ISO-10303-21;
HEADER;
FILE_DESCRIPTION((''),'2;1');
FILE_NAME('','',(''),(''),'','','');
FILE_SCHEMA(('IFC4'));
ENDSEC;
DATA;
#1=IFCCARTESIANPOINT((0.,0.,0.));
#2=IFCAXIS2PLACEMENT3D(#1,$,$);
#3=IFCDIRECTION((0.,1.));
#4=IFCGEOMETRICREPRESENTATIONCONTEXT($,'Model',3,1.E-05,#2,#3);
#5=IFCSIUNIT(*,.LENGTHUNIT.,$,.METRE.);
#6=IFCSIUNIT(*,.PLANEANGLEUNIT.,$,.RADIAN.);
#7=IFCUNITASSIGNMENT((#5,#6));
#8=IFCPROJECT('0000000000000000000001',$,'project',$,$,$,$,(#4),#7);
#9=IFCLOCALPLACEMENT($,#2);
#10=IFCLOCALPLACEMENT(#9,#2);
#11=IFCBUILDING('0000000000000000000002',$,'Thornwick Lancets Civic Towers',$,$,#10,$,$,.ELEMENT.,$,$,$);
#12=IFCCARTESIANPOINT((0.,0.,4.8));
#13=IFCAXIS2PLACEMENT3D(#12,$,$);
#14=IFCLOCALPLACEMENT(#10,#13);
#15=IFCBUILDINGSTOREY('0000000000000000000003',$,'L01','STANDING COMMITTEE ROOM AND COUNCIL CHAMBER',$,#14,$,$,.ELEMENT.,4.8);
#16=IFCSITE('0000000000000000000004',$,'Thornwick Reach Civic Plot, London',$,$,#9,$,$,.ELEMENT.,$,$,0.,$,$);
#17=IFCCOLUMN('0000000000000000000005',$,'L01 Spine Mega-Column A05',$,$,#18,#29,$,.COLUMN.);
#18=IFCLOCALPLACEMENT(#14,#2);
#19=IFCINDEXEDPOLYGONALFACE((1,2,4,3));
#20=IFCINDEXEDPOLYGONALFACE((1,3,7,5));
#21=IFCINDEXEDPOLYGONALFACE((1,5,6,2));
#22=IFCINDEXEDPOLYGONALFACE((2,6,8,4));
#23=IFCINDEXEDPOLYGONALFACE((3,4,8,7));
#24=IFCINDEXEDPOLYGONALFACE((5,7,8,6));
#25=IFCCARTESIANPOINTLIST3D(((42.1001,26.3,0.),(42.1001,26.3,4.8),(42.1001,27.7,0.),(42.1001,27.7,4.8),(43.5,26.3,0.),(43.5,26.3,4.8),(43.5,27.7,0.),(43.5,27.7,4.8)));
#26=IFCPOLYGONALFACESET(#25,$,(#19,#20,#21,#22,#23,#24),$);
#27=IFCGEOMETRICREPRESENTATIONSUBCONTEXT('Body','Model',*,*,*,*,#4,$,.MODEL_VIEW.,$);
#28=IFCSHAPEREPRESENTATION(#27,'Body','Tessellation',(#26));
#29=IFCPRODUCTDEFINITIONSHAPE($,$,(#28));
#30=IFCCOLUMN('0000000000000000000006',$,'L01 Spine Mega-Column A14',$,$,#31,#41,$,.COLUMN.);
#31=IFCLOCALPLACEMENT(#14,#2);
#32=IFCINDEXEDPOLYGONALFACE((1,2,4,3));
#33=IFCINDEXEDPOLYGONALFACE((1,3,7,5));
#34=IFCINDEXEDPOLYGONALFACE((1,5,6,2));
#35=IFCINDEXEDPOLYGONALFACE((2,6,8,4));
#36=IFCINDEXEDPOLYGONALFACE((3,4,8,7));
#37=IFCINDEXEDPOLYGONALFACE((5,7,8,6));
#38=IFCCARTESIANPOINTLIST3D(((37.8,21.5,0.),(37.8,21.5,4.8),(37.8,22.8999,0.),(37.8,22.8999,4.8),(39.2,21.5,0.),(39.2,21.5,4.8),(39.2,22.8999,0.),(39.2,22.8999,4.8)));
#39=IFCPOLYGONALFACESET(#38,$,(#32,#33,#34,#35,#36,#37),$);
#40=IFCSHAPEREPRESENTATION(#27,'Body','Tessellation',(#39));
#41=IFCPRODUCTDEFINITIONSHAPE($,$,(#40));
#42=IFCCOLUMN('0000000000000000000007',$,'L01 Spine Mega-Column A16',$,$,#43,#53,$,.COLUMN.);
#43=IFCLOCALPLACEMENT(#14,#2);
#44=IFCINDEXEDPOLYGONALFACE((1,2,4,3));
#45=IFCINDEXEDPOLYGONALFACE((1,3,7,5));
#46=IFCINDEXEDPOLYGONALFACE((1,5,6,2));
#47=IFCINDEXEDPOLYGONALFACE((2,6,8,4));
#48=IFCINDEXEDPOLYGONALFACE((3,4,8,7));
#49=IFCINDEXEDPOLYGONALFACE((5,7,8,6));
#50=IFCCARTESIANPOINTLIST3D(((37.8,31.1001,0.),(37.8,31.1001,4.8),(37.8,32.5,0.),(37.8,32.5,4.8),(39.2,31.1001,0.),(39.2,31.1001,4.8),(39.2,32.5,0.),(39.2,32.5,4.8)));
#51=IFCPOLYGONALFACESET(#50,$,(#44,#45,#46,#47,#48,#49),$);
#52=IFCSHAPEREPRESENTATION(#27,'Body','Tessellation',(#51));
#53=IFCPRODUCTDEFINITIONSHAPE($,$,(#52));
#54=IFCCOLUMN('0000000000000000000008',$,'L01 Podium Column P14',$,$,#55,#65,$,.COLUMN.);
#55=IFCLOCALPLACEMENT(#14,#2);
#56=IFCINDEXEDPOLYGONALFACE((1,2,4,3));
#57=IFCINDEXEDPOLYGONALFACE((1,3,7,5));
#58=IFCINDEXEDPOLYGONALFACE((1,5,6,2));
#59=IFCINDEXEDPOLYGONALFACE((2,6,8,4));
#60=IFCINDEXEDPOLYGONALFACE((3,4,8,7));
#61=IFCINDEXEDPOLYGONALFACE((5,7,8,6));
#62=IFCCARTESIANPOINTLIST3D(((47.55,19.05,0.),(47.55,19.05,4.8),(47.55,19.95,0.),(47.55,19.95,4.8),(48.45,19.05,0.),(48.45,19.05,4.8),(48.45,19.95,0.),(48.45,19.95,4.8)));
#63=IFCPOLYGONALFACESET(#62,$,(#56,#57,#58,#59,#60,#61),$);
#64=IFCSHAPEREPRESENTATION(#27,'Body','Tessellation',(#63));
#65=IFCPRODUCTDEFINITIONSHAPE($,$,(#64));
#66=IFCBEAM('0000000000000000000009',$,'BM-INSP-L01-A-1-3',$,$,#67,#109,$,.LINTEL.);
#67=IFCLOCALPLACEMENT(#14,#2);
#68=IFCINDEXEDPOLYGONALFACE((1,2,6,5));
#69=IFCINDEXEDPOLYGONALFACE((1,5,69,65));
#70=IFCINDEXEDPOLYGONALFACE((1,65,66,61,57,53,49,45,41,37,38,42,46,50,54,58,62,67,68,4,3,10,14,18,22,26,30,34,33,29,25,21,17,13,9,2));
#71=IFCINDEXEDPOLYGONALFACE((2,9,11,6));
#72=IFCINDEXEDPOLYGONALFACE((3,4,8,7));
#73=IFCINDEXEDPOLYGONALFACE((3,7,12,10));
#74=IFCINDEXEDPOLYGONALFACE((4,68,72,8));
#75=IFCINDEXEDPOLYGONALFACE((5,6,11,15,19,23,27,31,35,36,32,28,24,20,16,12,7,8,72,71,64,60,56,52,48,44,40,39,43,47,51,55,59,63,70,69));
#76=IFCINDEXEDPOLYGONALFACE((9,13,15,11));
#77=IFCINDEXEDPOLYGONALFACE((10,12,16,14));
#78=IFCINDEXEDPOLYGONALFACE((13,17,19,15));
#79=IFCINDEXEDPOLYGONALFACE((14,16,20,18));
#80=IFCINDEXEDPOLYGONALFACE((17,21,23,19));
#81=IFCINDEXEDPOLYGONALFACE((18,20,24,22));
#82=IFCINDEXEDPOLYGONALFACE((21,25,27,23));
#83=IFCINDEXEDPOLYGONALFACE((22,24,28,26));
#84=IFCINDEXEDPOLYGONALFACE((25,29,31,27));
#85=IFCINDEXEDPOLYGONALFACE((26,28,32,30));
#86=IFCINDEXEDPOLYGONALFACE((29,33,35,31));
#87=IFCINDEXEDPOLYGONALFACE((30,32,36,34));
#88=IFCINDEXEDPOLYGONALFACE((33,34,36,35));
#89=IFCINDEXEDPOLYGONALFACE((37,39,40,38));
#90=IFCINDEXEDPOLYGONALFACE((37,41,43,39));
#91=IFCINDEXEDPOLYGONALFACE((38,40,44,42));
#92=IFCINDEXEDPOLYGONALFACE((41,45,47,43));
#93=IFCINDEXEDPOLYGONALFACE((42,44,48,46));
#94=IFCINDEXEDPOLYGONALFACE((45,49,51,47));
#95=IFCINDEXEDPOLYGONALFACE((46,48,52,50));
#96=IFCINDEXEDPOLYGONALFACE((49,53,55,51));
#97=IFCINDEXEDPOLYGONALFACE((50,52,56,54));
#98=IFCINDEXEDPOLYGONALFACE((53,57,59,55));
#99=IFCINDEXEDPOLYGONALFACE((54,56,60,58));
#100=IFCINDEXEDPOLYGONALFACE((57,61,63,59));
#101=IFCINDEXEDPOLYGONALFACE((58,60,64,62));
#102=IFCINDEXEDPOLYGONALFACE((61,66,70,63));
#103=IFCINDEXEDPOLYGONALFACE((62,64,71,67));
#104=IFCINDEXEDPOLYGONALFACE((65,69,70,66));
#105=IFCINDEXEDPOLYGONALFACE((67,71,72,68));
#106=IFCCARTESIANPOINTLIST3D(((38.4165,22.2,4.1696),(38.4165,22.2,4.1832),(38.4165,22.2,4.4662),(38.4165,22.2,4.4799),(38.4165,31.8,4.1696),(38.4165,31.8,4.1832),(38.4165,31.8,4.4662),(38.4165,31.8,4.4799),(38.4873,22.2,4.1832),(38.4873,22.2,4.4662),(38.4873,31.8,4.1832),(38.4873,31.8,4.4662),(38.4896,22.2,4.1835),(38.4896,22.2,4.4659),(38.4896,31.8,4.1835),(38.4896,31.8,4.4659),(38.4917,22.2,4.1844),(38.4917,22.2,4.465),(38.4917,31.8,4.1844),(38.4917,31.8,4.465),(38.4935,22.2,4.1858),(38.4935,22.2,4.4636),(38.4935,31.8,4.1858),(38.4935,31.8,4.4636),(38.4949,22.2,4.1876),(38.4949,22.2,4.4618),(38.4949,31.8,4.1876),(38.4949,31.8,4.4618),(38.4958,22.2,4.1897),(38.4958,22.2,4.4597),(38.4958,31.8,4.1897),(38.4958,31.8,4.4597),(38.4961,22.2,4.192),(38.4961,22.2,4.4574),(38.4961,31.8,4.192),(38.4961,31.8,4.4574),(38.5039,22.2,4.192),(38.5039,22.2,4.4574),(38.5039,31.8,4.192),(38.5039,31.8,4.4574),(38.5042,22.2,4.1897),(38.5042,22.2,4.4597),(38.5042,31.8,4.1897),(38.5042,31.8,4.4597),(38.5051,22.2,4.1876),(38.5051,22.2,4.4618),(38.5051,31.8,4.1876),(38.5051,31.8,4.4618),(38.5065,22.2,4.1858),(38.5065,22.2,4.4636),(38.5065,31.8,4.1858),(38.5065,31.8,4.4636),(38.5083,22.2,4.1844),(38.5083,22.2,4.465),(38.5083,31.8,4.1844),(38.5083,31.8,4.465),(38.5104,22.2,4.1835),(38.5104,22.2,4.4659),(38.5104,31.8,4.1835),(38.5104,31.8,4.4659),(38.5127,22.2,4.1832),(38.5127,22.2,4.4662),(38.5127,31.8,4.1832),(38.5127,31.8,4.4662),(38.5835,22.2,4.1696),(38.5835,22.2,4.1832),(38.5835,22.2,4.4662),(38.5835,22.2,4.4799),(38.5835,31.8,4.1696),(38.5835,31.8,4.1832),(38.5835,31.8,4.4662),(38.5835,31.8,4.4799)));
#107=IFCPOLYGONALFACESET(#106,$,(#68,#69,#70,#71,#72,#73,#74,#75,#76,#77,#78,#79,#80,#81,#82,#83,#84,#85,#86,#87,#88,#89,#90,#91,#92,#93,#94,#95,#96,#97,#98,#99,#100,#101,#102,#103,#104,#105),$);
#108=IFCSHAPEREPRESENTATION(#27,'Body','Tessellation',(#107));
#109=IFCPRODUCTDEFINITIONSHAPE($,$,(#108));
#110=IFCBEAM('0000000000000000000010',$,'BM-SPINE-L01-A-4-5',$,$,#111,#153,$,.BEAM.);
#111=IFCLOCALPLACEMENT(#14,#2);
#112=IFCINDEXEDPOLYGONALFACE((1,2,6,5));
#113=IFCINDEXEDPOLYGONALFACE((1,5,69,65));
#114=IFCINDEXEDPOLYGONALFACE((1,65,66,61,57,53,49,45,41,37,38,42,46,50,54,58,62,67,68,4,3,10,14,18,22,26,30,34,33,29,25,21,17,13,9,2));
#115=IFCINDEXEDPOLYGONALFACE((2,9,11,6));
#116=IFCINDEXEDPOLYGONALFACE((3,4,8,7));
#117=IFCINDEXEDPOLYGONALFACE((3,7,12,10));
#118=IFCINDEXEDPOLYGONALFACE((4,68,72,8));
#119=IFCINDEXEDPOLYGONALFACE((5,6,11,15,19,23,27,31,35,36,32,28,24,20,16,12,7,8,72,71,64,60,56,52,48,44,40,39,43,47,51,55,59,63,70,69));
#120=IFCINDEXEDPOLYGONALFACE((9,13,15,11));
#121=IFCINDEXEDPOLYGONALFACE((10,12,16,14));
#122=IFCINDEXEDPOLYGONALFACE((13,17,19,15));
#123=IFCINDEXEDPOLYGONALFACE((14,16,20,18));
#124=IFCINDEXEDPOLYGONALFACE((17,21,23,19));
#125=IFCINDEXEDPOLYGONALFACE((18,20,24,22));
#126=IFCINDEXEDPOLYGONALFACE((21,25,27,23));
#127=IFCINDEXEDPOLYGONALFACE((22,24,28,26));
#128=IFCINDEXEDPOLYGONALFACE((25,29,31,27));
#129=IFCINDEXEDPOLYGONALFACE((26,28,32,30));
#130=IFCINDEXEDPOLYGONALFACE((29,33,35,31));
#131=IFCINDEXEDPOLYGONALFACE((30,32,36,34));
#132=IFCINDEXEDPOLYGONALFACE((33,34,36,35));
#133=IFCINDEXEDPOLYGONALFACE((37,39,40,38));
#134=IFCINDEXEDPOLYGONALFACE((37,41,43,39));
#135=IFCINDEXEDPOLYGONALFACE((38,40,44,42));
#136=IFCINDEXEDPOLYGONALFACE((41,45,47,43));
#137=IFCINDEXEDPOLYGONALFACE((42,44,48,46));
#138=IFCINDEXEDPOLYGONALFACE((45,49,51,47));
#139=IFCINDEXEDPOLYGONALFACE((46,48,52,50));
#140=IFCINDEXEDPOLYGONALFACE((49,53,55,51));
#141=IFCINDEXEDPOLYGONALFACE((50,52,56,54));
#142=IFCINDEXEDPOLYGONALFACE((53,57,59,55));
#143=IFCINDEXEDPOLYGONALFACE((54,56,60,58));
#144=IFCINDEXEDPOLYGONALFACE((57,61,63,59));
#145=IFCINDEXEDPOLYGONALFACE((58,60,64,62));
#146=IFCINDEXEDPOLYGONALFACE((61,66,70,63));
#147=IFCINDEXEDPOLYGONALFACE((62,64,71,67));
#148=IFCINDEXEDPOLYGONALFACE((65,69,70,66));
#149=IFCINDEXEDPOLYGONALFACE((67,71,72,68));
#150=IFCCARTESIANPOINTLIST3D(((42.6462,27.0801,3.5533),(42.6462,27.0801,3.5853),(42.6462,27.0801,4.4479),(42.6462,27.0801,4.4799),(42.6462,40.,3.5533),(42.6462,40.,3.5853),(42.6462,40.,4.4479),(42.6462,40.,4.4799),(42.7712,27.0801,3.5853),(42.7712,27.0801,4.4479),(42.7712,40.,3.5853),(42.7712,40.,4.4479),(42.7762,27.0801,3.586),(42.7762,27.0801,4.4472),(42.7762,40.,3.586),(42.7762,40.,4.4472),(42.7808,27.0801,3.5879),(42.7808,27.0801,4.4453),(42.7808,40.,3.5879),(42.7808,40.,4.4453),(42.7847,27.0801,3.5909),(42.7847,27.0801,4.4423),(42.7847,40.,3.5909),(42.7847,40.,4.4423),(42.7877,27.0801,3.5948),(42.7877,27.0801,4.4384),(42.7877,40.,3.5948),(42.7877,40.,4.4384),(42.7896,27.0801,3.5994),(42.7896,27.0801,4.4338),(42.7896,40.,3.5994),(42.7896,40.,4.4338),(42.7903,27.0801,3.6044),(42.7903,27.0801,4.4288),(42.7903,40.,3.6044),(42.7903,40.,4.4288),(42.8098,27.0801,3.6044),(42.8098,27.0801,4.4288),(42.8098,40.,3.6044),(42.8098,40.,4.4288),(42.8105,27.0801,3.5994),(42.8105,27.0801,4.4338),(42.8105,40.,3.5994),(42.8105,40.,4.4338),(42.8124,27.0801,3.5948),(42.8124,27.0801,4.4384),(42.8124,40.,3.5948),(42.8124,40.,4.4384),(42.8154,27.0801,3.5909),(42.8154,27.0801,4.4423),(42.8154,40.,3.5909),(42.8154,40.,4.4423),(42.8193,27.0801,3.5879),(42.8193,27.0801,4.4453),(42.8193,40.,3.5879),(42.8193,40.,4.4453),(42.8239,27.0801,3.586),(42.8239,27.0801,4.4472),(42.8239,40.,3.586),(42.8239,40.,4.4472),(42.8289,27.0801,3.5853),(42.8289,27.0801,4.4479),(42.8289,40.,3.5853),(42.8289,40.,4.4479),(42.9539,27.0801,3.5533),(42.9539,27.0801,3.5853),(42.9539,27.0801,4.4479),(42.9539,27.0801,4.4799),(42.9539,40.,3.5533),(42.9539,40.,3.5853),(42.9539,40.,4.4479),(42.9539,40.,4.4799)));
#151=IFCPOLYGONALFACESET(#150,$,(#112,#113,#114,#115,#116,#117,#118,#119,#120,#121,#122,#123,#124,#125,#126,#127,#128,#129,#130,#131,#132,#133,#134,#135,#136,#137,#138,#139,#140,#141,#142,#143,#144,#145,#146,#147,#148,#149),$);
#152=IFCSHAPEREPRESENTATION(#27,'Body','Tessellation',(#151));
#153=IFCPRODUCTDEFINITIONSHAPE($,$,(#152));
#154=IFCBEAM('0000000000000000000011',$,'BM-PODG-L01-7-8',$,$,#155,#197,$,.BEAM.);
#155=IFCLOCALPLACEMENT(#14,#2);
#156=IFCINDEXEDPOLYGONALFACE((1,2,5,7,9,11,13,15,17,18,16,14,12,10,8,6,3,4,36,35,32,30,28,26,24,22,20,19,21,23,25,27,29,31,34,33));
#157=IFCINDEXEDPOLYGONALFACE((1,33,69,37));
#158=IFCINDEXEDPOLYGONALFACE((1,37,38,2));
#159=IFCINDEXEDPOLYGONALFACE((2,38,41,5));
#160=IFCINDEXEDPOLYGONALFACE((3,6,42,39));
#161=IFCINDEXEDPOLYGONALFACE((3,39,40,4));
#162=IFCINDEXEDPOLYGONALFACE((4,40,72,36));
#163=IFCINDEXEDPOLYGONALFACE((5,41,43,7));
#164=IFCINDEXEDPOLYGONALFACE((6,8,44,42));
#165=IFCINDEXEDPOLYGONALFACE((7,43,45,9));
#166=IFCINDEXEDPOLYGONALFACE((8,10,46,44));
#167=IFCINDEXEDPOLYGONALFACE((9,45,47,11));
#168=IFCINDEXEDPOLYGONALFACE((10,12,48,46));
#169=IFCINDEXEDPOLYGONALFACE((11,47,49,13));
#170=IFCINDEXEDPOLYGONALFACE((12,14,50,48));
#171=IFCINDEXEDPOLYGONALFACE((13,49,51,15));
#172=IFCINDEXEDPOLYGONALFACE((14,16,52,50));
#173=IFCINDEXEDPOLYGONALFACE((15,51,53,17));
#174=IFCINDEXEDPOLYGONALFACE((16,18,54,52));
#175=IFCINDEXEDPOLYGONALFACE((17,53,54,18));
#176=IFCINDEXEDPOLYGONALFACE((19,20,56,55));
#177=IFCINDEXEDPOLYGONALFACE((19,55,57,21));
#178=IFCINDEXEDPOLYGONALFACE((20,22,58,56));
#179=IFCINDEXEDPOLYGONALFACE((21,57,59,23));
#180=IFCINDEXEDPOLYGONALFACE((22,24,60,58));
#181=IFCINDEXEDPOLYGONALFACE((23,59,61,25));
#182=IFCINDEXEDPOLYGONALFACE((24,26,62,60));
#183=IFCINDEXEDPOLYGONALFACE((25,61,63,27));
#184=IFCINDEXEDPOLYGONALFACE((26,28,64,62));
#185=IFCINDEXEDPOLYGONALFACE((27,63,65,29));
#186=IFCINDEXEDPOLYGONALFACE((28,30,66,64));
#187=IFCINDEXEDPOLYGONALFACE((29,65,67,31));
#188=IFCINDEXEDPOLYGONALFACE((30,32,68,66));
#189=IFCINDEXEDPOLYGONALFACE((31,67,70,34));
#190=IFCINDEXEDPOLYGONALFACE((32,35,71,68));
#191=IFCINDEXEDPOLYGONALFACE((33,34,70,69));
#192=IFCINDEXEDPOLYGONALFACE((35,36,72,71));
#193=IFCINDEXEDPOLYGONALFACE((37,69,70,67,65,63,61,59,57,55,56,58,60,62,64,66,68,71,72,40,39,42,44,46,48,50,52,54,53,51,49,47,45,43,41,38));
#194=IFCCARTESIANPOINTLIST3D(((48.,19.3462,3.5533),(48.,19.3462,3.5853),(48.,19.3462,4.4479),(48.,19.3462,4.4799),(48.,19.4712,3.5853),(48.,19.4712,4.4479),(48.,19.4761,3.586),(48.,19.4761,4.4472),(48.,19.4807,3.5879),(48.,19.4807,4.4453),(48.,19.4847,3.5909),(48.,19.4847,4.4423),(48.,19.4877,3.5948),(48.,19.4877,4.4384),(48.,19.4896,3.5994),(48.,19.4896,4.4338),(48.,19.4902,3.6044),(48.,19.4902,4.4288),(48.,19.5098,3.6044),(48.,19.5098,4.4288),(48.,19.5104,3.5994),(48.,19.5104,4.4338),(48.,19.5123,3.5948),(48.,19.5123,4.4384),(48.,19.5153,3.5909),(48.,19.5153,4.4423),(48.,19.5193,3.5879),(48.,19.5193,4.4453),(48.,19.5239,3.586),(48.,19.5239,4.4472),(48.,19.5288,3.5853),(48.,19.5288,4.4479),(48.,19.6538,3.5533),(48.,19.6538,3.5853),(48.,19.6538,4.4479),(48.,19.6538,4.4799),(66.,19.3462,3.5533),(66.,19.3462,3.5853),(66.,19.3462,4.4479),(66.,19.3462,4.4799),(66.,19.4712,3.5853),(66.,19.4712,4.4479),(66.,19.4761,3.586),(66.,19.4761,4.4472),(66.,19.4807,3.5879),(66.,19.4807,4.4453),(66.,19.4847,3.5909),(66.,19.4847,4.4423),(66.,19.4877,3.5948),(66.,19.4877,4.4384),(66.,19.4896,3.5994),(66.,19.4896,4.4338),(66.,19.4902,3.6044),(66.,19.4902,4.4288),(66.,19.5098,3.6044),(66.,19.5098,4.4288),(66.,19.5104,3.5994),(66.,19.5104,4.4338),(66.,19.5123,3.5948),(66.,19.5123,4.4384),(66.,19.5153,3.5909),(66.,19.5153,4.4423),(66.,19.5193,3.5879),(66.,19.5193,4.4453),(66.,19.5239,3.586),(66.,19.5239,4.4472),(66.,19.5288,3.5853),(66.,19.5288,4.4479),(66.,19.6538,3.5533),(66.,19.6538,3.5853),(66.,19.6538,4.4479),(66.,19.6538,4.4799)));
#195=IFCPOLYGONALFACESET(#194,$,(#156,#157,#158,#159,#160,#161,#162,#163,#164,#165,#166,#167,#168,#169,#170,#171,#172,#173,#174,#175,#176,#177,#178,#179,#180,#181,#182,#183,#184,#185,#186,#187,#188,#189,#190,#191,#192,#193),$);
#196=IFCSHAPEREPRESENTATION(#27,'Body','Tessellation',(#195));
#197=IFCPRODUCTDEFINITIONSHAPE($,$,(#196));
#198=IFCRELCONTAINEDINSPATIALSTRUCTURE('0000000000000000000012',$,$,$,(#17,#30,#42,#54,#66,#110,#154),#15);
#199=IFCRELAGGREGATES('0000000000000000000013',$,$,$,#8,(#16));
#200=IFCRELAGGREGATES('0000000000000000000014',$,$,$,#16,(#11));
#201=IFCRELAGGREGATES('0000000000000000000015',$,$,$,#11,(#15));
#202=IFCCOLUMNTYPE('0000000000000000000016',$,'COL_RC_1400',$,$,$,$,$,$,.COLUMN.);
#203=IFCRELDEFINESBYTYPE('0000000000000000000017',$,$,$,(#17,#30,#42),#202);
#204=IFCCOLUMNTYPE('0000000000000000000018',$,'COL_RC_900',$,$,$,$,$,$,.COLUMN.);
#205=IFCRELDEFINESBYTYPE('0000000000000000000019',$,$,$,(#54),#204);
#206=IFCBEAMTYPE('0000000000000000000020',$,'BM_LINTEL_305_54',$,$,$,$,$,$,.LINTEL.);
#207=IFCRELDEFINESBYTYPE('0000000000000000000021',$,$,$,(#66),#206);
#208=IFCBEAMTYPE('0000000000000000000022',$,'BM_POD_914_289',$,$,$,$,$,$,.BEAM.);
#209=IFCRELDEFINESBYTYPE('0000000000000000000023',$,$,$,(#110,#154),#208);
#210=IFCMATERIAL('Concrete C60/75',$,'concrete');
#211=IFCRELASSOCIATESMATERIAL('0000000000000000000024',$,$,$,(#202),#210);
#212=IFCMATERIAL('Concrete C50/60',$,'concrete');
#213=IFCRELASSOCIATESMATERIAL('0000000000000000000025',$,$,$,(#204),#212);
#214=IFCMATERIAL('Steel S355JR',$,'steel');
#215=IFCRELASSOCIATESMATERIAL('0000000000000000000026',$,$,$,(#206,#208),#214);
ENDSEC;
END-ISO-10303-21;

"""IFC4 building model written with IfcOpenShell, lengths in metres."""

from ifc_helpers import new_model, si_unit, direction, frame, origin, origin_2d, place, context, subcontext, project, spatial, rectangle, i_section, extrude, material, material_profile, profile_set, type_object, element, save


model = new_model("IFC4")

# Units and contexts
model_context = context("Model", 3, precision=1e-05, world=origin(), true_north=direction((0.0, 1.0)))
body_context = subcontext(model_context, "Body", "Model", "MODEL_VIEW")
ifc_project = project(units=[si_unit("LENGTHUNIT", "METRE"), si_unit("PLANEANGLEUNIT", "RADIAN")], contexts=[model_context])

# Site, building, storey
site_placement = place(None, origin())
site = spatial("IfcSite", under=ifc_project, at=site_placement, Name="Thornwick Reach Civic Plot, London", CompositionType="ELEMENT", RefElevation=0.0)
building_placement = place(site_placement, origin())
building = spatial("IfcBuilding", under=site, at=building_placement, Name="Thornwick Lancets Civic Towers", CompositionType="ELEMENT")
storey_placement = place(building_placement, frame((0.0, 0.0, 4.8)))
storey = spatial("IfcBuildingStorey", under=building, at=storey_placement, Name="L01", Description="STANDING COMMITTEE ROOM AND COUNCIL CHAMBER", CompositionType="ELEMENT", Elevation=4.8)

# Columns
ifc_material_1 = material(Name="Concrete C60/75", Category="concrete")
ifc_material_profile_1 = material_profile(ifc_material_1, rectangle(XDim=1.3999, YDim=1.3999, at=origin_2d()), Name="RC 1400x1400")
ifc_profile_set_1 = profile_set([ifc_material_profile_1], Name="Concrete C60/75")
column_type_1 = type_object("IfcColumnType", Name="COL_RC_1400", PredefinedType="COLUMN", material=ifc_profile_set_1)
for number, where, z_axis, x_axis, name in (
    (1, (42.8, 27.0, 0.0), (0.0, 0.0, 1.0), (1.0, 0.0, 0.0), "L01 Spine Mega-Column A05"),
    (2, (38.5, 22.2, 0.0), (0.0, 0.0, 1.0), (1.0, 0.0, 0.0), "L01 Spine Mega-Column A14"),
    (3, (38.5, 31.8, 0.0), (0.0, 0.0, 1.0), (1.0, 0.0, 0.0), "L01 Spine Mega-Column A16"),
):
    element("IfcColumn", number, at=place(storey_placement, frame(where, z_axis=z_axis, x_axis=x_axis)), inside=storey, type_object=column_type_1, Name=name, PredefinedType="COLUMN", context=body_context, shape_type="SweptSolid", body=[
        extrude(rectangle(XDim=1.3999, YDim=1.3999, at=origin_2d()), origin(), (0.0, 0.0, 1.0), 4.8),
    ])
ifc_material_2 = material(Name="Concrete C50/60", Category="concrete")
ifc_material_profile_2 = material_profile(ifc_material_2, rectangle(XDim=0.8999, YDim=0.8999, at=origin_2d()), Name="RC 900x900")
ifc_profile_set_2 = profile_set([ifc_material_profile_2], Name="Concrete C50/60")
column_type_2 = type_object("IfcColumnType", Name="COL_RC_900", PredefinedType="COLUMN", material=ifc_profile_set_2)
column_placement = place(storey_placement, frame((48.0, 19.5, 0.0), z_axis=(0.0, 0.0, 1.0), x_axis=(1.0, 0.0, 0.0)))
element("IfcColumn", 4, at=column_placement, inside=storey, type_object=column_type_2, Name="L01 Podium Column P14", PredefinedType="COLUMN", context=body_context, shape_type="SweptSolid", body=[
    extrude(rectangle(XDim=0.8999, YDim=0.8999, at=origin_2d()), origin(), (0.0, 0.0, 1.0), 4.8),
])

# Beams
ifc_material_3 = material(Name="Steel S355JR", Category="steel")
ifc_material_profile_3 = material_profile(ifc_material_3, i_section(OverallWidth=0.167, OverallDepth=0.3103, WebThickness=0.0078, FlangeThickness=0.0137, FilletRadius=0.0088, at=origin_2d()), Name="UKB 305x165x54")
ifc_profile_set_3 = profile_set([ifc_material_profile_3], Name="Steel S355JR")
beam_type_1 = type_object("IfcBeamType", Name="BM_LINTEL_305_54", PredefinedType="LINTEL", material=ifc_profile_set_3)
beam_1_placement = place(storey_placement, frame((38.5, 22.2, 4.3247), z_axis=(0.0, 1.0, 0.0), x_axis=(-1.0, 0.0, 0.0)))
element("IfcBeam", 5, at=beam_1_placement, inside=storey, type_object=beam_type_1, Name="BM-INSP-L01-A-1-3", PredefinedType="LINTEL", context=body_context, shape_type="SweptSolid", body=[
    extrude(i_section(OverallWidth=0.167, OverallDepth=0.3103, WebThickness=0.0078, FlangeThickness=0.0137, FilletRadius=0.0088, at=origin_2d()), origin(), (0.0, 0.0, 1.0), 9.6001),
])
ifc_material_profile_4 = material_profile(ifc_material_3, i_section(OverallWidth=0.3076, OverallDepth=0.9265, WebThickness=0.0195, FlangeThickness=0.032, FilletRadius=0.019, at=origin_2d()), Name="UKB 914x305x289")
ifc_profile_set_4 = profile_set([ifc_material_profile_4], Name="Steel S355JR")
beam_type_2 = type_object("IfcBeamType", Name="BM_POD_914_289", PredefinedType="BEAM", material=ifc_profile_set_4)
beam_2_placement = place(storey_placement, frame((42.8, 27.0801, 4.0166), z_axis=(0.0, 1.0, 0.0), x_axis=(-1.0, 0.0, 0.0)))
element("IfcBeam", 6, at=beam_2_placement, inside=storey, type_object=beam_type_2, Name="BM-SPINE-L01-A-4-5", PredefinedType="BEAM", context=body_context, shape_type="SweptSolid", body=[
    extrude(i_section(OverallWidth=0.3076, OverallDepth=0.9265, WebThickness=0.0195, FlangeThickness=0.032, FilletRadius=0.019, at=origin_2d()), origin(), (0.0, 0.0, 1.0), 12.9199),
])
beam_3_placement = place(storey_placement, frame((48.0, 19.5, 4.0166), z_axis=(1.0, 0.0, 0.0), x_axis=(0.0, 1.0, 0.0)))
element("IfcBeam", 7, at=beam_3_placement, inside=storey, type_object=beam_type_2, Name="BM-PODG-L01-7-8", PredefinedType="BEAM", context=body_context, shape_type="SweptSolid", body=[
    extrude(i_section(OverallWidth=0.3076, OverallDepth=0.9265, WebThickness=0.0195, FlangeThickness=0.032, FilletRadius=0.019, at=origin_2d()), origin(), (0.0, 0.0, 1.0), 18.0),
])

save(model, "model.ifc")
